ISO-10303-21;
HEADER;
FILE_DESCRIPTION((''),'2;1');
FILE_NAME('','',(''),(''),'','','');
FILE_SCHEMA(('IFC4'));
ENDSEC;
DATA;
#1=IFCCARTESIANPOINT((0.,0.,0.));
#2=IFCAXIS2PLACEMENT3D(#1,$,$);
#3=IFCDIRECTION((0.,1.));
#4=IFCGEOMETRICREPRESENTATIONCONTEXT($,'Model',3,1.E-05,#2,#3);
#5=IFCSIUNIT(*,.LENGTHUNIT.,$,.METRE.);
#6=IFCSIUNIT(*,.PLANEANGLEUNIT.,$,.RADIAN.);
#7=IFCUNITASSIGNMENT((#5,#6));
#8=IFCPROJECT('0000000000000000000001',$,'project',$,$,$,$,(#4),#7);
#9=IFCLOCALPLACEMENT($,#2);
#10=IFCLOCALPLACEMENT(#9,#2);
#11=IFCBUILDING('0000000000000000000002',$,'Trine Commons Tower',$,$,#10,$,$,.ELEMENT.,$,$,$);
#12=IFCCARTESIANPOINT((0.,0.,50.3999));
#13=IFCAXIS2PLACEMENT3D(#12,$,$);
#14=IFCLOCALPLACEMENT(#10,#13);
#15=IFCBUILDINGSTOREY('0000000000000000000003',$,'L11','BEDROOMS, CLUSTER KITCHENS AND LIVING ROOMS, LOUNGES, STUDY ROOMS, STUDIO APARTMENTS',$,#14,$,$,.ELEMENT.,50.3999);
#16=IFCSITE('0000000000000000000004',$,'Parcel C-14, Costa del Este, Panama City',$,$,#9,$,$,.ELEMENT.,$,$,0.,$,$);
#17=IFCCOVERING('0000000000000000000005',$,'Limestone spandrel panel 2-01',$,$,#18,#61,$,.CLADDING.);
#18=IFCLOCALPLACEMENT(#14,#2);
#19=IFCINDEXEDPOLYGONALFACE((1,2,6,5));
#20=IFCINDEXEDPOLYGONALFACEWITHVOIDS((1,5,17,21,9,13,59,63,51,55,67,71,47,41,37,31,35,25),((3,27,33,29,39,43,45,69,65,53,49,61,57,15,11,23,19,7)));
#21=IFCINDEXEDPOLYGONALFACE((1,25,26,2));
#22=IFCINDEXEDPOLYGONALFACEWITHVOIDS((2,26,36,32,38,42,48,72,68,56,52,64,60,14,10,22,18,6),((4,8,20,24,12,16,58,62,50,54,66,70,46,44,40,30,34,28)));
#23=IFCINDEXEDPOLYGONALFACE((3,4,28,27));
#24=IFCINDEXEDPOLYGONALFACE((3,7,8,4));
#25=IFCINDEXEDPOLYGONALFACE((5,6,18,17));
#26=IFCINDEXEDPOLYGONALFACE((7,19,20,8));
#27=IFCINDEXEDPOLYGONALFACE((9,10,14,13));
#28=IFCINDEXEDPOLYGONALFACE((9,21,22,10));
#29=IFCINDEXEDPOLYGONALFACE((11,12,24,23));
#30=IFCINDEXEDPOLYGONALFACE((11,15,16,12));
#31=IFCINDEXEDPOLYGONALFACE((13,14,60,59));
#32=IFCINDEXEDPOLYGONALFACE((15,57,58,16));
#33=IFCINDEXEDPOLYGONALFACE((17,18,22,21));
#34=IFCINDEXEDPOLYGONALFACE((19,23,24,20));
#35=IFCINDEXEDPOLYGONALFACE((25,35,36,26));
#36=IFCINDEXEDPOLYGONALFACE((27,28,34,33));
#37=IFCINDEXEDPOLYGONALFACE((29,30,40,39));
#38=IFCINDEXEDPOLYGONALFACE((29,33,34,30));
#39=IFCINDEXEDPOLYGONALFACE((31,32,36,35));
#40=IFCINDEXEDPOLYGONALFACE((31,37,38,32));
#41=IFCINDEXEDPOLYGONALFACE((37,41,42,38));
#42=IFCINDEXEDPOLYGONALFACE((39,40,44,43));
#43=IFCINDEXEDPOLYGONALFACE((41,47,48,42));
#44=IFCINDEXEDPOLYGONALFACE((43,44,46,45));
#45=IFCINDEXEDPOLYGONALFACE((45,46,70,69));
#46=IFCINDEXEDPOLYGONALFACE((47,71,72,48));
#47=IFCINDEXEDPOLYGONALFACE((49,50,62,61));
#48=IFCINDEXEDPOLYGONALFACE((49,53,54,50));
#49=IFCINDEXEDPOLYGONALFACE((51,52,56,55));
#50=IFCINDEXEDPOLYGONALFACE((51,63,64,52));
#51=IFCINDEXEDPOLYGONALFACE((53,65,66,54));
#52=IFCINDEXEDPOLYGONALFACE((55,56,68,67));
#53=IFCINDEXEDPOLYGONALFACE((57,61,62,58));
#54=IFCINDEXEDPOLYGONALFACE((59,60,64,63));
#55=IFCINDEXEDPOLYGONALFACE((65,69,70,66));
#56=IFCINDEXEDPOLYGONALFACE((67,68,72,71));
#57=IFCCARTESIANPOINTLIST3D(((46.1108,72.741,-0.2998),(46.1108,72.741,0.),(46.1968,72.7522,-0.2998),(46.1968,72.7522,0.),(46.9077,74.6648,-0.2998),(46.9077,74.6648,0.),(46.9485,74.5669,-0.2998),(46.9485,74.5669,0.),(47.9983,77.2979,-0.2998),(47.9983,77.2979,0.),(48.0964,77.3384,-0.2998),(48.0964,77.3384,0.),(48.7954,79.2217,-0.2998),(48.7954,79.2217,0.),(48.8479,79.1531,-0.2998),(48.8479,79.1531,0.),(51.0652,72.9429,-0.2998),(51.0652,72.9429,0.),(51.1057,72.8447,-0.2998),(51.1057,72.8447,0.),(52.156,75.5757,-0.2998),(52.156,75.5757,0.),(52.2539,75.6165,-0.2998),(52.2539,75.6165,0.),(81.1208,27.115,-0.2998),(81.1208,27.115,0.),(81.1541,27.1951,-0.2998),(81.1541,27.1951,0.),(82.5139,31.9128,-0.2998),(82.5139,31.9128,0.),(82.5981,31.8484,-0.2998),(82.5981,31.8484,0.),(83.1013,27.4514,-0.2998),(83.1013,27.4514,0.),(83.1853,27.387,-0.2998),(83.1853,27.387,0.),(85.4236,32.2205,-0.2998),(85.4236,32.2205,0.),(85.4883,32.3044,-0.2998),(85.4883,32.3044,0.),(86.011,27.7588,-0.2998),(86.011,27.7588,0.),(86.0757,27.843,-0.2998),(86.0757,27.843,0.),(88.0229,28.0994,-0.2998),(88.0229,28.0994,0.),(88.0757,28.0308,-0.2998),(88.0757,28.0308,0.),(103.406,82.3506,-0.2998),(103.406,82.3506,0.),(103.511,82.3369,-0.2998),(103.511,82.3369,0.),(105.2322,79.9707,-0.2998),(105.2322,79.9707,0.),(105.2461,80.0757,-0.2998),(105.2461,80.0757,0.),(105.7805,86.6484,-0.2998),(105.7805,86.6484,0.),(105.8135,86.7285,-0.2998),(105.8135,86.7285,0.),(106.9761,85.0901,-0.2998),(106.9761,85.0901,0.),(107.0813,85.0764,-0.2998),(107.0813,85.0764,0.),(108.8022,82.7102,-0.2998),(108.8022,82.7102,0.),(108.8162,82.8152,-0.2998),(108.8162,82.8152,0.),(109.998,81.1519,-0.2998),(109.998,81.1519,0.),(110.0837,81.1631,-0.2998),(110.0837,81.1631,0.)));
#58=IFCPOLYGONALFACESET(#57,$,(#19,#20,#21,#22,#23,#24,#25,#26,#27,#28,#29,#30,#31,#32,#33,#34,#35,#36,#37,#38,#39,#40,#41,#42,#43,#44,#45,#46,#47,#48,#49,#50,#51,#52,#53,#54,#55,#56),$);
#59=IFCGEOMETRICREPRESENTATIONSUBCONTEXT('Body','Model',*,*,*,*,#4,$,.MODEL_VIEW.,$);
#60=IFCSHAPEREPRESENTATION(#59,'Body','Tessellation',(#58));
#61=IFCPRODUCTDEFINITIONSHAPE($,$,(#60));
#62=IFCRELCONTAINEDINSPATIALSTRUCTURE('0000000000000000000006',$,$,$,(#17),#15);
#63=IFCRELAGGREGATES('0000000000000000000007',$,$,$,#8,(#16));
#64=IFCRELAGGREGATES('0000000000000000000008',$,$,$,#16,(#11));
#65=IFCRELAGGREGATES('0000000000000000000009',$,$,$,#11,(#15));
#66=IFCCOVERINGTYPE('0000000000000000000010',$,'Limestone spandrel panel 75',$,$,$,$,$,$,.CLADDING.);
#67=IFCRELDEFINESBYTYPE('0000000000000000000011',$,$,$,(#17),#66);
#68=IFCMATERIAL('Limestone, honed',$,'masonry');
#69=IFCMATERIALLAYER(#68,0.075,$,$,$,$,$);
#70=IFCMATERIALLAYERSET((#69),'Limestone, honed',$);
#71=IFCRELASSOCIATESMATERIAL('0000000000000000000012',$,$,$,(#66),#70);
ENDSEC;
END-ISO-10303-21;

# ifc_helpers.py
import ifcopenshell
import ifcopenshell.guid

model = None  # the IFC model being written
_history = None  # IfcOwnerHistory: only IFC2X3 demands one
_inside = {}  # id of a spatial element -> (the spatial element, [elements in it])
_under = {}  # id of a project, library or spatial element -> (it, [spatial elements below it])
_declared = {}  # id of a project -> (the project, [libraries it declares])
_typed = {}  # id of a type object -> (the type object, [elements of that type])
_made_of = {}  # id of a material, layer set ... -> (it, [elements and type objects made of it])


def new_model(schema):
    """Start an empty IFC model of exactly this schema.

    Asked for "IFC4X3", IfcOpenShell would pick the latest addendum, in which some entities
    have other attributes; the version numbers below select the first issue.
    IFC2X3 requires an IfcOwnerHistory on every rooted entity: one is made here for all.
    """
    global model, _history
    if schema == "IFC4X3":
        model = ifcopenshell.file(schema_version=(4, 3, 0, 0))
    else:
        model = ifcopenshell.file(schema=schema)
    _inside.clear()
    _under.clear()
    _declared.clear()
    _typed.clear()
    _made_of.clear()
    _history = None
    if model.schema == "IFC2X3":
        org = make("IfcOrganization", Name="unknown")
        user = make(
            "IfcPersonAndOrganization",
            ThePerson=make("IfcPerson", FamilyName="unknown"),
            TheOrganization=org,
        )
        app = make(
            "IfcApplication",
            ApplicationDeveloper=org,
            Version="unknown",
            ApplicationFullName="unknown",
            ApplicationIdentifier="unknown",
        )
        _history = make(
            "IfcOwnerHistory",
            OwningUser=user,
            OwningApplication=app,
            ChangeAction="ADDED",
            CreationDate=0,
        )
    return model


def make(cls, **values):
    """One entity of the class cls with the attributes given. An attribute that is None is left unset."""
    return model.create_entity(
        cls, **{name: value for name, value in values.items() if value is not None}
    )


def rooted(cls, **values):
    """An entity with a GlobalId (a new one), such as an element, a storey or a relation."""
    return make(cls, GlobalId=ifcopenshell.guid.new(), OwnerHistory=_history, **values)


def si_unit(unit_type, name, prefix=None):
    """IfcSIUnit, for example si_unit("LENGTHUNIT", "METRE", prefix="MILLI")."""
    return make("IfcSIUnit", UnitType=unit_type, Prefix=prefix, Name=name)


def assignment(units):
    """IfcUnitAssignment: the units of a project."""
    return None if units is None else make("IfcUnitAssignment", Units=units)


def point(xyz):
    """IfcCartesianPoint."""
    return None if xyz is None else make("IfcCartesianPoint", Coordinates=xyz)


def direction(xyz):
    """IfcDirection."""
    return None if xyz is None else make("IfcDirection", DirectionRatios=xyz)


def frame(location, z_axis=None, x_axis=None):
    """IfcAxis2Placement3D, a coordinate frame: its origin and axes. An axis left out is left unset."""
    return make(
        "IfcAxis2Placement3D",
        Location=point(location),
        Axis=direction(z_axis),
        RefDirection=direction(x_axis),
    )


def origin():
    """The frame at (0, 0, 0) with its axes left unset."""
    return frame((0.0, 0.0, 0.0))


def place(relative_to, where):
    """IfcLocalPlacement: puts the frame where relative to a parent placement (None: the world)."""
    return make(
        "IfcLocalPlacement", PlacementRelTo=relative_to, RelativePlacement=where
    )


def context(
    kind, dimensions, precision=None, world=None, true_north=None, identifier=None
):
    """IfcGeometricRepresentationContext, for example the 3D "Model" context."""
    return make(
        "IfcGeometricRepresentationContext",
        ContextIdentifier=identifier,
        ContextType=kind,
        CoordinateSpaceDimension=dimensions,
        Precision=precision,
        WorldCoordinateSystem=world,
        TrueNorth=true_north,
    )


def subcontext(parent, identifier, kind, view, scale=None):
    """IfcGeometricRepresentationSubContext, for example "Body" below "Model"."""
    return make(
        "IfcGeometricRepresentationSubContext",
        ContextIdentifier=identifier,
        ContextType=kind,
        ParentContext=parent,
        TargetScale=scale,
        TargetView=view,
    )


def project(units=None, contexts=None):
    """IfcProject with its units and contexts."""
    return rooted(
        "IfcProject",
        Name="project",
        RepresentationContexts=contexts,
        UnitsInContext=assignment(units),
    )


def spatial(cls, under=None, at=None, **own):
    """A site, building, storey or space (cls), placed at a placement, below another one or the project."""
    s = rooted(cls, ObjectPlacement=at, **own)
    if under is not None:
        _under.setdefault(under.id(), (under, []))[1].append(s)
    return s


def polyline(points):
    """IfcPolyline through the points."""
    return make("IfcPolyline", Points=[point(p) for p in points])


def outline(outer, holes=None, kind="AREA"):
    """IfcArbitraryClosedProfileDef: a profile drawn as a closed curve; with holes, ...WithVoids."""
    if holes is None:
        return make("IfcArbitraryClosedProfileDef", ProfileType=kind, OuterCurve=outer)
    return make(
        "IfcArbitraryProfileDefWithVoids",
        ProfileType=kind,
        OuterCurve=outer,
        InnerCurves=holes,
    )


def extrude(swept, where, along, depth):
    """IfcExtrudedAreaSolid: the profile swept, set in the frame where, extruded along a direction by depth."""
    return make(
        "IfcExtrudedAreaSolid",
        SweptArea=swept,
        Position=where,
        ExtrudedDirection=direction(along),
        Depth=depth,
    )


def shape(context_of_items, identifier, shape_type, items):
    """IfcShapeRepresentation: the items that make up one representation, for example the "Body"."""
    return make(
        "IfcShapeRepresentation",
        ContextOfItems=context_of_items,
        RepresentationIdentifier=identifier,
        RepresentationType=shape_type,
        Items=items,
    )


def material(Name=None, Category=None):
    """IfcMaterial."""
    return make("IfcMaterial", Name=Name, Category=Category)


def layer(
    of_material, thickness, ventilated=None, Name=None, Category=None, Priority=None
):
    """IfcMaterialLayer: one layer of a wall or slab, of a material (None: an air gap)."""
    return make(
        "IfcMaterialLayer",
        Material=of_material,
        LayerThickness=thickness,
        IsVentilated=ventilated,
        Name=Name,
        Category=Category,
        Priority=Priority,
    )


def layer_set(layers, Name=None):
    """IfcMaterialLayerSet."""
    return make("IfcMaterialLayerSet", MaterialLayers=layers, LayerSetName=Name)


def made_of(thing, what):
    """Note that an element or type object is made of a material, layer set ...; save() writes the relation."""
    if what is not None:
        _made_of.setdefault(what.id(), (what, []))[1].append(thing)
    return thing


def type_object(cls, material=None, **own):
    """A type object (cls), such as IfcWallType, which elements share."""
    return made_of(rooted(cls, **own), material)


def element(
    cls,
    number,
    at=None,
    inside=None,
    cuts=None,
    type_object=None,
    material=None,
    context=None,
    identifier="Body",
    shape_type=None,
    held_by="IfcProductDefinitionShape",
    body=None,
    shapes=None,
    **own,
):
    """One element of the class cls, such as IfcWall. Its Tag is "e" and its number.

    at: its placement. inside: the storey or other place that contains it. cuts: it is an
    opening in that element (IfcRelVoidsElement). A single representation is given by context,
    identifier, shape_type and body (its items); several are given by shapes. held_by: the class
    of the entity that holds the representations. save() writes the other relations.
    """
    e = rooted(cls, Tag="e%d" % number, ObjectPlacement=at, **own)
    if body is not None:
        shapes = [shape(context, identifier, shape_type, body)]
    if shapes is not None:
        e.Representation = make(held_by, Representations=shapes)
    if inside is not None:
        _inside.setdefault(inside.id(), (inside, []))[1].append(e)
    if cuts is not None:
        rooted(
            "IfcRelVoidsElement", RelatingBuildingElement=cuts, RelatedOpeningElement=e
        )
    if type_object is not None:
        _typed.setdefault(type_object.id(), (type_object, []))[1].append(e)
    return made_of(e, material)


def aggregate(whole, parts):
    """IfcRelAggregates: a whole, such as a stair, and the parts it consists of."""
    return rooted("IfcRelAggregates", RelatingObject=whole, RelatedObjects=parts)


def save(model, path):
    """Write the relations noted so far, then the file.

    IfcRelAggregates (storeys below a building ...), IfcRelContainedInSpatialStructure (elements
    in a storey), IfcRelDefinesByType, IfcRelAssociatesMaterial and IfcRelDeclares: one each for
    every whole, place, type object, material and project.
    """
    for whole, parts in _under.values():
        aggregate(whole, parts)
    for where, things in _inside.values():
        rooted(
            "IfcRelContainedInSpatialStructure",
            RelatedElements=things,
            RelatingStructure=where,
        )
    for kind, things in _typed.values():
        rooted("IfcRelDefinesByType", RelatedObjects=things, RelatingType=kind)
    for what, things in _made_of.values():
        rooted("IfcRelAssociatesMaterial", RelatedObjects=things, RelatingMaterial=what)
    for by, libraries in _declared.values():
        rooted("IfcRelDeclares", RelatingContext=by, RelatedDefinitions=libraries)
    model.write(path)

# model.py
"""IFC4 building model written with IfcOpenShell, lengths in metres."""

from ifc_helpers import new_model, si_unit, direction, frame, origin, place, context, subcontext, project, spatial, polyline, outline, extrude, material, layer, layer_set, type_object, element, save


model = new_model("IFC4")

# Units and contexts
model_context = context("Model", 3, precision=1e-05, world=origin(), true_north=direction((0.0, 1.0)))
body_context = subcontext(model_context, "Body", "Model", "MODEL_VIEW")
ifc_project = project(units=[si_unit("LENGTHUNIT", "METRE"), si_unit("PLANEANGLEUNIT", "RADIAN")], contexts=[model_context])

# Site, building, storey
site_placement = place(None, origin())
site = spatial("IfcSite", under=ifc_project, at=site_placement, Name="Parcel C-14, Costa del Este, Panama City", CompositionType="ELEMENT", RefElevation=0.0)
building_placement = place(site_placement, origin())
building = spatial("IfcBuilding", under=site, at=building_placement, Name="Trine Commons Tower", CompositionType="ELEMENT")
storey_placement = place(building_placement, frame((0.0, 0.0, 50.3999)))
storey = spatial("IfcBuildingStorey", under=building, at=storey_placement, Name="L11", Description="BEDROOMS, CLUSTER KITCHENS AND LIVING ROOMS, LOUNGES, STUDY ROOMS, STUDIO APARTMENTS", CompositionType="ELEMENT", Elevation=50.3999)

# Covering
ifc_material_1 = material(Name="Limestone, honed", Category="masonry")
ifc_layer_1 = layer(ifc_material_1, 0.075)
ifc_layer_set_1 = layer_set([ifc_layer_1], Name="Limestone, honed")
covering_type_1 = type_object("IfcCoveringType", Name="Limestone spandrel panel 75", PredefinedType="CLADDING", material=ifc_layer_set_1)
covering_1_placement = place(storey_placement, frame((0.0, 0.0, -0.2998)))
element("IfcCovering", 1, at=covering_1_placement, inside=storey, type_object=covering_type_1, Name="Limestone spandrel panel 2-01", PredefinedType="CLADDING", context=body_context, shape_type="SweptSolid", body=[
    extrude(outline(polyline([(85.4236, 32.2205), (86.011, 27.7588), (88.0757, 28.0308), (110.0837, 81.1631), (108.8162, 82.8152), (105.2461, 80.0757), (103.511, 82.3369), (107.0813, 85.0764), (105.8135, 86.7285), (48.7954, 79.2217), (47.9983, 77.2979), (52.156, 75.5757), (51.0652, 72.9429), (46.9077, 74.6648), (46.1108, 72.741), (81.1208, 27.115), (83.1853, 27.387), (82.5981, 31.8484), (85.4236, 32.2205)]), holes=[polyline([(108.8022, 82.7102), (109.998, 81.1519), (88.0229, 28.0994), (86.0757, 27.843), (85.4883, 32.3044), (82.5139, 31.9128), (83.1013, 27.4514), (81.1541, 27.1951), (46.1968, 72.7522), (46.9485, 74.5669), (51.1057, 72.8447), (52.2539, 75.6165), (48.0964, 77.3384), (48.8479, 79.1531), (105.7805, 86.6484), (106.9761, 85.0901), (103.406, 82.3506), (105.2322, 79.9707), (108.8022, 82.7102)])]), origin(), (0.0, 0.0, 1.0), 0.2998),
])

save(model, "model.ifc")
